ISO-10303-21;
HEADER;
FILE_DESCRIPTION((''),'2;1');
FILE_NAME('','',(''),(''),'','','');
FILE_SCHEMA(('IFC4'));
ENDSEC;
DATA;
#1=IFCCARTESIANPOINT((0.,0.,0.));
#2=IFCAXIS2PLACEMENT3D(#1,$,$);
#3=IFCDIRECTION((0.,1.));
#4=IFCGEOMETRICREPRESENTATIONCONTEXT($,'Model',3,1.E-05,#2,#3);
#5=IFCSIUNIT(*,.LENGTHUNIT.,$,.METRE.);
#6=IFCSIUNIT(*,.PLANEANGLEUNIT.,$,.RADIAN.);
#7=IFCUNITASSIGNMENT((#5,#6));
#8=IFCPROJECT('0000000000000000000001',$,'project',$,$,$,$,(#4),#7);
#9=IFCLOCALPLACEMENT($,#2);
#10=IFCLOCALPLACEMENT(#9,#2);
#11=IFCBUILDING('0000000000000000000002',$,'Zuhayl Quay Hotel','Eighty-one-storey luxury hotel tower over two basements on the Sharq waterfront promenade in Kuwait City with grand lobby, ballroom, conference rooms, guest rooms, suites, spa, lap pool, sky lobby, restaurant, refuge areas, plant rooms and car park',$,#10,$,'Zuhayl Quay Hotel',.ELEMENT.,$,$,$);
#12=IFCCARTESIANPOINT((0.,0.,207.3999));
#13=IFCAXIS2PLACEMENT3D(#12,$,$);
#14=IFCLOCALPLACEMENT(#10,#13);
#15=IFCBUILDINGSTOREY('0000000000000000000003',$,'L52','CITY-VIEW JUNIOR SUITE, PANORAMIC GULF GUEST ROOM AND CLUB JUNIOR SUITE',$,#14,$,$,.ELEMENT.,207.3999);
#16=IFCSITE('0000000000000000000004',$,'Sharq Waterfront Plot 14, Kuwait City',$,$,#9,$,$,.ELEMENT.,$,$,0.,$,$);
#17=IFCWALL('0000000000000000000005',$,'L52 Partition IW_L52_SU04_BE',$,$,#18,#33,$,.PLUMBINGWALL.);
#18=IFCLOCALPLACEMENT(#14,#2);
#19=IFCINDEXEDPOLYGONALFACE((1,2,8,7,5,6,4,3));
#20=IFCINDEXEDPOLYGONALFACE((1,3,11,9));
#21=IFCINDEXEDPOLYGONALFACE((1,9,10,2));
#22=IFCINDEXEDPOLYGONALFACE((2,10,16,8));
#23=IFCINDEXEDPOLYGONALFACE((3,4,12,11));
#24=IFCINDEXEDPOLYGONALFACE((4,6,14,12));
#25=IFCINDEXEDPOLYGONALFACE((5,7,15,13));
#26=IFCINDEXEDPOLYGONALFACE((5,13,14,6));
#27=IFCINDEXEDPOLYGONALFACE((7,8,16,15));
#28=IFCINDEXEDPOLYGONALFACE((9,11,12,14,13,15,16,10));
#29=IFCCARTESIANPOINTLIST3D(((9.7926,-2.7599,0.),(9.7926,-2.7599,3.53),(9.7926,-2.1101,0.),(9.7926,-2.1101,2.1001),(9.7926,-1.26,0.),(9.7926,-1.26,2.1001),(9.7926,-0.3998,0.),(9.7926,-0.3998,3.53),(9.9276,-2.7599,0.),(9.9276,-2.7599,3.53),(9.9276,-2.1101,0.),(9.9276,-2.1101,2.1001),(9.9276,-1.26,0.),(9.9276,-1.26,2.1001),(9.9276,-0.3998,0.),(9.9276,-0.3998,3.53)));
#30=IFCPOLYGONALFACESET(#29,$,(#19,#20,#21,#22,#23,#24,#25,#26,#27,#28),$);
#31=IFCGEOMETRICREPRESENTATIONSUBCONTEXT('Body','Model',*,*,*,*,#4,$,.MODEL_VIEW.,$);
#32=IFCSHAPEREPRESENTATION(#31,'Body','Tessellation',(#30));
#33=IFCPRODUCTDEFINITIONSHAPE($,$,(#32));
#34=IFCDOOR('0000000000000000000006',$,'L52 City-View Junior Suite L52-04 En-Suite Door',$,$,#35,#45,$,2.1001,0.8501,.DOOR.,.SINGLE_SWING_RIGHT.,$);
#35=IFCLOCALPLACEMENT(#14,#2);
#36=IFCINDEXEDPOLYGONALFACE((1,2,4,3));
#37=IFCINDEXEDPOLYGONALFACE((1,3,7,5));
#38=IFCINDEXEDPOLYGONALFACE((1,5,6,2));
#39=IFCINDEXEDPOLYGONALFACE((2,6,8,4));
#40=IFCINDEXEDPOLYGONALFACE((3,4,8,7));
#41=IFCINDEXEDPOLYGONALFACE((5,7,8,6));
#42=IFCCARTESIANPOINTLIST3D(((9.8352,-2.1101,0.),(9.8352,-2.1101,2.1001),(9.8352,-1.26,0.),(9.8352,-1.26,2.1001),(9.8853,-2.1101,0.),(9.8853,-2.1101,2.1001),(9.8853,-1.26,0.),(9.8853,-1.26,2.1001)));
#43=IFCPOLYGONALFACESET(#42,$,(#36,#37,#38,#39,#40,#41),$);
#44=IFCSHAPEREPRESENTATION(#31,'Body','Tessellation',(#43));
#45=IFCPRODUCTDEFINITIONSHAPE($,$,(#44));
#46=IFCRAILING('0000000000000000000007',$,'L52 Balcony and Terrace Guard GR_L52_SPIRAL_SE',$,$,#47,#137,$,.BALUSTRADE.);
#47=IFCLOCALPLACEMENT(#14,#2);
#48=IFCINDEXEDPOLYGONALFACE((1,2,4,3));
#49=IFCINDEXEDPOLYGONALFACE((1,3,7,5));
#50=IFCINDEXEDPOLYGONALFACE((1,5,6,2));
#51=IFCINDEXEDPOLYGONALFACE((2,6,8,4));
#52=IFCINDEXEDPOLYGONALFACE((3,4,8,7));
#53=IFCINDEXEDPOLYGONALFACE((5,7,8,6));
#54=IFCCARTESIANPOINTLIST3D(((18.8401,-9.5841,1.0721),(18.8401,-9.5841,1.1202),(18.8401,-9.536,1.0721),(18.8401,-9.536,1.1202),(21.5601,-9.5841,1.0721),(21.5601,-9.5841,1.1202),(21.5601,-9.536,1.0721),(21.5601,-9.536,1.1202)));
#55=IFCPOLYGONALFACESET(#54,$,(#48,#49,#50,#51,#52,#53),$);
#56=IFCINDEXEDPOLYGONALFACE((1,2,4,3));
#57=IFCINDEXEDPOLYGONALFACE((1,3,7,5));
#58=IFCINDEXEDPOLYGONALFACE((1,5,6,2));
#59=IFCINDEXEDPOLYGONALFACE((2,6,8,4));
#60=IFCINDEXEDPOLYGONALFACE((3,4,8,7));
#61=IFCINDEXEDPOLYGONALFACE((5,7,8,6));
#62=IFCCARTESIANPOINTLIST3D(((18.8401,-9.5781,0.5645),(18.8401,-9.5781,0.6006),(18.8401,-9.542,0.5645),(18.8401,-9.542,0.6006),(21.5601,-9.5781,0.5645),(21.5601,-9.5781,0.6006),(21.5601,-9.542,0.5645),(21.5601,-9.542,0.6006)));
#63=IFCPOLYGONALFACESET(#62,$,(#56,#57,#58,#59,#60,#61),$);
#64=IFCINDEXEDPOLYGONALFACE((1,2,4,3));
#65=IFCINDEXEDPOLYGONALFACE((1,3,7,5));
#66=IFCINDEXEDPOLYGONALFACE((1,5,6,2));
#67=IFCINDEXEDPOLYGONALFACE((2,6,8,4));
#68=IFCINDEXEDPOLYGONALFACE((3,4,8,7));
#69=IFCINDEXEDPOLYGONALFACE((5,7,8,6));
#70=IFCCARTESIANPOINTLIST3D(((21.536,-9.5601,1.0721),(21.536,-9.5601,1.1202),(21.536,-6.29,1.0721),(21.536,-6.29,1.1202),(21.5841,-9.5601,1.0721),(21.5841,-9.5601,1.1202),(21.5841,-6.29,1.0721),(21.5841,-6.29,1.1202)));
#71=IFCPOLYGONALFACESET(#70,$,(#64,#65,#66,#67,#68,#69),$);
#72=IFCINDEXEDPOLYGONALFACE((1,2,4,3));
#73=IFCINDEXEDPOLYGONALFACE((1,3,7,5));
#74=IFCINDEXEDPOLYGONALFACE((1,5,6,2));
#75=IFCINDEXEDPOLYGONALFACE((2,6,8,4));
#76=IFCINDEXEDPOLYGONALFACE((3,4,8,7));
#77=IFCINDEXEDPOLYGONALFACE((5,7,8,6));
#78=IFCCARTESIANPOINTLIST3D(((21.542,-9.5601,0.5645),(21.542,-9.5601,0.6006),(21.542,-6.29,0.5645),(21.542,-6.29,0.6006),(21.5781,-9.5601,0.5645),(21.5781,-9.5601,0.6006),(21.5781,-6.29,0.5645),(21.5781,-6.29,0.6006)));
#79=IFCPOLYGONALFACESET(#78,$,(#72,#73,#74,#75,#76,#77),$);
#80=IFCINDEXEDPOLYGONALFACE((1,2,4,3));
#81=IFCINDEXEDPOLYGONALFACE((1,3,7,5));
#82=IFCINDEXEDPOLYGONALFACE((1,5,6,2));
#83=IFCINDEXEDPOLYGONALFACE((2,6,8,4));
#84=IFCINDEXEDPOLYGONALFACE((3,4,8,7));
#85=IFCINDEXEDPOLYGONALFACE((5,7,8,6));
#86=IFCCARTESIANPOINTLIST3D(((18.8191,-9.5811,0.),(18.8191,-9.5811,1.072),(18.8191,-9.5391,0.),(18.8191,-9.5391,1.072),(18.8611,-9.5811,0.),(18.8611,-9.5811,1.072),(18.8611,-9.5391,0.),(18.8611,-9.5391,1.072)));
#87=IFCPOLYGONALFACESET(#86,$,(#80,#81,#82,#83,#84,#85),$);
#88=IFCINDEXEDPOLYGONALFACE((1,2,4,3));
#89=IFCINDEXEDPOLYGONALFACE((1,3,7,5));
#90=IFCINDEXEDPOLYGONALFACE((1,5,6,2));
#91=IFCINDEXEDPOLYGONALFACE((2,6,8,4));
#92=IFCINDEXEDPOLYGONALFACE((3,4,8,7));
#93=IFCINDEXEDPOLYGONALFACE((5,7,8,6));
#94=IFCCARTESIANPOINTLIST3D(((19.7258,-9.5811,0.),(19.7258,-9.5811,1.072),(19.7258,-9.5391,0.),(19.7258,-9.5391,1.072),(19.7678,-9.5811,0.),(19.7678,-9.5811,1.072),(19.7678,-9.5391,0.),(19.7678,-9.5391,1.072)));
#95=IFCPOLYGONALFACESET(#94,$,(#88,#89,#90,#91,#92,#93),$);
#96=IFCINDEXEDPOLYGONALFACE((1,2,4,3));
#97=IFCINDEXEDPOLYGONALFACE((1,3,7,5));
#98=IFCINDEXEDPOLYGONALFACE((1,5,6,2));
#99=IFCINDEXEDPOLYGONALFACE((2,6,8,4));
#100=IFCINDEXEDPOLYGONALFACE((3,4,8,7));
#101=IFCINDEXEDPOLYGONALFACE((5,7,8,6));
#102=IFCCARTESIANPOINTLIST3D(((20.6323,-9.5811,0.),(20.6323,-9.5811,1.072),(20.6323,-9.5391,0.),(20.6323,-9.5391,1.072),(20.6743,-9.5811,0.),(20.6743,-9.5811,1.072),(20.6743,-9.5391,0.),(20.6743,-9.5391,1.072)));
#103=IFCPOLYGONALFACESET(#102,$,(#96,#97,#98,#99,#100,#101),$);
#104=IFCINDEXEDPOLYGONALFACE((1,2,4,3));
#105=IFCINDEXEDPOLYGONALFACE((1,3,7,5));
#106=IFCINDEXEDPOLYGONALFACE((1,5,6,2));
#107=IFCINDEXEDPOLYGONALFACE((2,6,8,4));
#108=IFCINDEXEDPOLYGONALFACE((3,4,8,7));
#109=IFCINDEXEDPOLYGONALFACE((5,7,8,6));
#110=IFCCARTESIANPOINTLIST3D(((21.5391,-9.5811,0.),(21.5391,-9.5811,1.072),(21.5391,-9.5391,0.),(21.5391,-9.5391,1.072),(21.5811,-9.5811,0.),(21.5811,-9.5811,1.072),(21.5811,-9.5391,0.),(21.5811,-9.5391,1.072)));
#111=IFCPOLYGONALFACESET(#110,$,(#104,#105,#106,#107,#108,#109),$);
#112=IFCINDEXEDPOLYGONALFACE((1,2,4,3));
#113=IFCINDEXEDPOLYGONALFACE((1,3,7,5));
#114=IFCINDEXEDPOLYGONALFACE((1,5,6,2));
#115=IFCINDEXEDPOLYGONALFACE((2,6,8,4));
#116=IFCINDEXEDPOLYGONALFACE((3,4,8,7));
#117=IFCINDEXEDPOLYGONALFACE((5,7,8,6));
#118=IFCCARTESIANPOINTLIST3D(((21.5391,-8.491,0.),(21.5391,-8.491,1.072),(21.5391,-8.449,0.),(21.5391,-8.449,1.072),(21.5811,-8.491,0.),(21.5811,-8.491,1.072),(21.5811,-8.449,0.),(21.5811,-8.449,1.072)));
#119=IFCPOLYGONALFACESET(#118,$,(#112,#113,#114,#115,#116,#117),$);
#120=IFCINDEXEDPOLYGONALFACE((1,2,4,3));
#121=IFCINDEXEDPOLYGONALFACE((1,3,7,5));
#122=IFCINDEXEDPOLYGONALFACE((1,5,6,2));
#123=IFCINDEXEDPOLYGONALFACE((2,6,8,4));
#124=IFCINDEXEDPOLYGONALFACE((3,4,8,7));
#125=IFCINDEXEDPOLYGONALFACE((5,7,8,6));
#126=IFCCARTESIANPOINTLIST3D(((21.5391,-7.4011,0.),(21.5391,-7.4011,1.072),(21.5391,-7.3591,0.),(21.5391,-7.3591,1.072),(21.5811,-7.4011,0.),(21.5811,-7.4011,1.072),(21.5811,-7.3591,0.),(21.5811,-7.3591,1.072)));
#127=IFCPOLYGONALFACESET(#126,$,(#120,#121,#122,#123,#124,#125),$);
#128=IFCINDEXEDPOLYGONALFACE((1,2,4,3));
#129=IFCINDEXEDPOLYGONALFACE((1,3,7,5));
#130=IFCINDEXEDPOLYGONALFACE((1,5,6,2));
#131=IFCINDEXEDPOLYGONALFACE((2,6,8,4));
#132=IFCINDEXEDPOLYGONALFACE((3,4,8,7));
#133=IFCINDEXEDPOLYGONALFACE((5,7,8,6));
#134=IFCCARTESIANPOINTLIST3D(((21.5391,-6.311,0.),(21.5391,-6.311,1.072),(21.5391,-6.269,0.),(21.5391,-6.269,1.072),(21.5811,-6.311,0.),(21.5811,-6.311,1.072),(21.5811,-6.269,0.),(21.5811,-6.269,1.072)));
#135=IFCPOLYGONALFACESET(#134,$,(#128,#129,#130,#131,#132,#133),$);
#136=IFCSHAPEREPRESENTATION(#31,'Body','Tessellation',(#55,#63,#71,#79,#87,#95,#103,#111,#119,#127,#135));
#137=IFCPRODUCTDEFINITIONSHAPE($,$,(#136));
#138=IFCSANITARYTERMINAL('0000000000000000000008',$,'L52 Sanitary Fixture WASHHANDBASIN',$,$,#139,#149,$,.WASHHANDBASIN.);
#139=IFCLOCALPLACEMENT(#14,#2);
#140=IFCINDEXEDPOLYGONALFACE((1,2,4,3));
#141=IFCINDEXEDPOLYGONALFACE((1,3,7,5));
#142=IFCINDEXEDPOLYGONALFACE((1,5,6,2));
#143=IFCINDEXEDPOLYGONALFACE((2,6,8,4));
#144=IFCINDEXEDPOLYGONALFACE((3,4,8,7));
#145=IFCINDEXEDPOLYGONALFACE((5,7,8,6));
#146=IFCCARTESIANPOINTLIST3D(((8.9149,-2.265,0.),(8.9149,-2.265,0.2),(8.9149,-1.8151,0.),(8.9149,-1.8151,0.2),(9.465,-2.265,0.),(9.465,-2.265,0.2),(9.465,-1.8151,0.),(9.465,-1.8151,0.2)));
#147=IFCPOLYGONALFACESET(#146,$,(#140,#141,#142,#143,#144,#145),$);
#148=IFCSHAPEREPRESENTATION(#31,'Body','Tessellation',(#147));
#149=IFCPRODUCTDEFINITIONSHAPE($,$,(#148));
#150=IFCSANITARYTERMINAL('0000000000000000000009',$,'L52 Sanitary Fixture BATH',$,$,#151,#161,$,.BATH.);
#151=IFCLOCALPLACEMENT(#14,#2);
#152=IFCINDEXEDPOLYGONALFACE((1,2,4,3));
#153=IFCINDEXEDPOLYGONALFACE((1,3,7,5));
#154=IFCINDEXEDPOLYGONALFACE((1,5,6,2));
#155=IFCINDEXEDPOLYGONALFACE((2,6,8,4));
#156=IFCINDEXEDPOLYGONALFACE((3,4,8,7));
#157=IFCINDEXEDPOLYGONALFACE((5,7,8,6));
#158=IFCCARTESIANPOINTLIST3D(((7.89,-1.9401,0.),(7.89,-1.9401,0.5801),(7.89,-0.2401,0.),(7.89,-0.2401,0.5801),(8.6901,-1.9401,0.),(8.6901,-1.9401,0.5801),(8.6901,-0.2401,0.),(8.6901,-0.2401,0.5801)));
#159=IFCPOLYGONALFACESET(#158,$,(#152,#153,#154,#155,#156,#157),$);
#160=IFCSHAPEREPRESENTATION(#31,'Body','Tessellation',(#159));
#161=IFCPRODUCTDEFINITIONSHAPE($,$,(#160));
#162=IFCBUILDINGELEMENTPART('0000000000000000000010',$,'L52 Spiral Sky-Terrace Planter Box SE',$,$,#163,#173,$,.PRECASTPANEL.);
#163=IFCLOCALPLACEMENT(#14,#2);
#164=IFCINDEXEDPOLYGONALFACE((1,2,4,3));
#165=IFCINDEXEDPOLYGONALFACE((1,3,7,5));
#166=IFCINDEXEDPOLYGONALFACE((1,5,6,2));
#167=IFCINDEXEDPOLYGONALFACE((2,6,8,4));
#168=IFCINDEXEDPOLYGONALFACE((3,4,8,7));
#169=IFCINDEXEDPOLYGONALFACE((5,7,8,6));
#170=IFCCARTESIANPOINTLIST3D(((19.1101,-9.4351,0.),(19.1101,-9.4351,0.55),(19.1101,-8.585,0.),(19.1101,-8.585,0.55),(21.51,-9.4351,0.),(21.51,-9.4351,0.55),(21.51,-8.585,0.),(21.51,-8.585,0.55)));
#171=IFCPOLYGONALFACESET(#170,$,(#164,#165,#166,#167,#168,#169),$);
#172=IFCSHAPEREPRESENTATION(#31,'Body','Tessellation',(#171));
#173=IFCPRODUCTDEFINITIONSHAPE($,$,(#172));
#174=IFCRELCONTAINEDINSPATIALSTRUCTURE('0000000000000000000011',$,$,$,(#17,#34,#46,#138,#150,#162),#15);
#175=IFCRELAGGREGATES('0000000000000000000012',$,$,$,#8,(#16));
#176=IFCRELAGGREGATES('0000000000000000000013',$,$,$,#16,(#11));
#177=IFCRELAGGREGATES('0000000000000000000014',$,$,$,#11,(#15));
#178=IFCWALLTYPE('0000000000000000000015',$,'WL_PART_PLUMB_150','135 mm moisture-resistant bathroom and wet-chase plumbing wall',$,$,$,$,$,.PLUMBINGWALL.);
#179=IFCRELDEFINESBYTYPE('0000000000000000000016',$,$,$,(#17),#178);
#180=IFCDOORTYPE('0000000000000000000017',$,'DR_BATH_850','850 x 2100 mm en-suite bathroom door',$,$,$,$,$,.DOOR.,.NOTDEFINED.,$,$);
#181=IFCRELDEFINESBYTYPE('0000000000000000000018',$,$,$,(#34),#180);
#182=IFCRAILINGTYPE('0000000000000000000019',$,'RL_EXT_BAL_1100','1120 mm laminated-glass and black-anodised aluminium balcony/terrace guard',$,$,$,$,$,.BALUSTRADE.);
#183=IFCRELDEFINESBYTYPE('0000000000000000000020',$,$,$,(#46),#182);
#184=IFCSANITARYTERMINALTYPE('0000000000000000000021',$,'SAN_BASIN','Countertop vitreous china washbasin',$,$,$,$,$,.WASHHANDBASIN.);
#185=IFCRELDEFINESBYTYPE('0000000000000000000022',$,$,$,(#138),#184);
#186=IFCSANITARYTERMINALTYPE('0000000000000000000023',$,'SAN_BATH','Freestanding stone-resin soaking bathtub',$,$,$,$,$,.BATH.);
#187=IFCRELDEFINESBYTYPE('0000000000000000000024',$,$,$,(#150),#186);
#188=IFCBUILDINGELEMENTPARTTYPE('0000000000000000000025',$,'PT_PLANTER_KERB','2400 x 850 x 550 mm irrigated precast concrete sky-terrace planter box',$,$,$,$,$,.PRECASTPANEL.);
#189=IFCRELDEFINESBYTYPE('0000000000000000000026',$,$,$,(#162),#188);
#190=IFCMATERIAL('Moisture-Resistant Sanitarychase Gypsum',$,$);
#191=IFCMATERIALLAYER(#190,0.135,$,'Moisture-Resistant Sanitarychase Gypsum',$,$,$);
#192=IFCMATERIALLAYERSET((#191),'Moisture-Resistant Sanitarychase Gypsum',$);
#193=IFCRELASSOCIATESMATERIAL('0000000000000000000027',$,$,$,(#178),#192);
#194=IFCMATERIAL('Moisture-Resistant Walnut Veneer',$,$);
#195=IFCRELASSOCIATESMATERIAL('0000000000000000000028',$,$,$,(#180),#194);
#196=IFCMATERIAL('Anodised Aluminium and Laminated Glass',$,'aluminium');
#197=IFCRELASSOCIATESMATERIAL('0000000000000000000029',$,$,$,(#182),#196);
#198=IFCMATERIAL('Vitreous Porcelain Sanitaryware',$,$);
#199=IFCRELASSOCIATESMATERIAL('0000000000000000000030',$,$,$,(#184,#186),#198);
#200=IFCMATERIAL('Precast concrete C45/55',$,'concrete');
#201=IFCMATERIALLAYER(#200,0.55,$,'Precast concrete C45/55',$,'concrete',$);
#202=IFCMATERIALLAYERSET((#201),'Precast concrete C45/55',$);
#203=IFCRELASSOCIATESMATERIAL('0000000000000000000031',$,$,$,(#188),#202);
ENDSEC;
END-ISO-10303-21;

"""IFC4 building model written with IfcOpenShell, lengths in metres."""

from ifc_helpers import new_model, si_unit, direction, frame, frame_2d, origin, origin_2d, place, context, subcontext, project, spatial, rectangle, extrude, material, layer, layer_set, type_object, element, fill, save


model = new_model("IFC4")

# Units and contexts
model_context = context("Model", 3, precision=1e-05, world=origin(), true_north=direction((0.0, 1.0)))
body_context = subcontext(model_context, "Body", "Model", "MODEL_VIEW")
ifc_project = project(units=[si_unit("LENGTHUNIT", "METRE"), si_unit("PLANEANGLEUNIT", "RADIAN")], contexts=[model_context])

# Site, building, storey
site_placement = place(None, origin())
site = spatial("IfcSite", under=ifc_project, at=site_placement, Name="Sharq Waterfront Plot 14, Kuwait City", CompositionType="ELEMENT", RefElevation=0.0)
building_placement = place(site_placement, origin())
building = spatial("IfcBuilding", under=site, at=building_placement, Name="Zuhayl Quay Hotel", Description="Eighty-one-storey luxury hotel tower over two basements on the Sharq waterfront promenade in Kuwait City with grand lobby, ballroom, conference rooms, guest rooms, suites, spa, lap pool, sky lobby, restaurant, refuge areas, plant rooms and car park", LongName="Zuhayl Quay Hotel", CompositionType="ELEMENT")
storey_placement = place(building_placement, frame((0.0, 0.0, 207.3999)))
storey = spatial("IfcBuildingStorey", under=building, at=storey_placement, Name="L52", Description="CITY-VIEW JUNIOR SUITE, PANORAMIC GULF GUEST ROOM AND CLUB JUNIOR SUITE", CompositionType="ELEMENT", Elevation=207.3999)

# Shared definitions
ifc_material_1 = material(Name="Precast concrete C45/55", Category="concrete")

# Wall, opening, door
ifc_material_2 = material(Name="Moisture-Resistant Sanitarychase Gypsum")
ifc_layer_1 = layer(ifc_material_2, 0.135, Name="Moisture-Resistant Sanitarychase Gypsum")
ifc_layer_set_1 = layer_set([ifc_layer_1], Name="Moisture-Resistant Sanitarychase Gypsum")
wall_type_1 = type_object("IfcWallType", Name="WL_PART_PLUMB_150", Description="135 mm moisture-resistant bathroom and wet-chase plumbing wall", PredefinedType="PLUMBINGWALL", material=ifc_layer_set_1)
wall_1_placement = place(storey_placement, frame((9.8601, -2.76, 0.0), z_axis=(0.0, 0.0, 1.0), x_axis=(0.0, 1.0, 0.0)))
wall_1 = element("IfcWall", 1, at=wall_1_placement, inside=storey, type_object=wall_type_1, Name="L52 Partition IW_L52_SU04_BE", PredefinedType="PLUMBINGWALL", context=body_context, shape_type="SweptSolid", body=[
    extrude(rectangle(XDim=2.3601, YDim=0.135, at=frame_2d((1.1802, 0.0))), origin(), (0.0, 0.0, 1.0), 3.53),
])
opening_1_placement = place(wall_1_placement, frame((0.6499, 0.0, 0.0)))
opening_1 = element("IfcOpeningElement", 2, at=opening_1_placement, cuts=wall_1, PredefinedType="OPENING", context=body_context, shape_type="SweptSolid", body=[
    extrude(rectangle(XDim=0.8501, YDim=2.1001, at=frame_2d((0.425, 1.05))), frame((0.0, 0.0774, 0.0), z_axis=(0.0, -1.0, 0.0), x_axis=(1.0, 0.0, 0.0)), (0.0, 0.0, 1.0), 0.155),
])
ifc_material_3 = material(Name="Moisture-Resistant Walnut Veneer")
door_type_1 = type_object("IfcDoorType", Name="DR_BATH_850", Description="850 x 2100 mm en-suite bathroom door", OperationType="NOTDEFINED", PredefinedType="DOOR", material=ifc_material_3)
door_1_placement = place(opening_1_placement, origin())
door_1 = element("IfcDoor", 3, at=door_1_placement, inside=storey, type_object=door_type_1, Name="L52 City-View Junior Suite L52-04 En-Suite Door", OperationType="SINGLE_SWING_RIGHT", OverallHeight=2.1001, OverallWidth=0.8501, PredefinedType="DOOR", context=body_context, shape_type="SweptSolid", body=[
    extrude(rectangle(XDim=0.8501, YDim=2.1001, at=frame_2d((0.425, 1.05))), frame((0.0, 0.0249, 0.0), z_axis=(0.0, -1.0, 0.0), x_axis=(1.0, 0.0, 0.0)), (0.0, 0.0, 1.0), 0.05),
])
fill(opening_1, door_1)

# Railing
ifc_material_4 = material(Name="Anodised Aluminium and Laminated Glass", Category="aluminium")
railing_type = type_object("IfcRailingType", Name="RL_EXT_BAL_1100", Description="1120 mm laminated-glass and black-anodised aluminium balcony/terrace guard", PredefinedType="BALUSTRADE", material=ifc_material_4)
railing_placement = place(storey_placement, frame((18.8401, -9.5601, 0.0)))
element("IfcRailing", 4, at=railing_placement, inside=storey, type_object=railing_type, Name="L52 Balcony and Terrace Guard GR_L52_SPIRAL_SE", PredefinedType="BALUSTRADE", context=body_context, shape_type="SweptSolid", body=[
    extrude(rectangle(XDim=0.0481, YDim=0.0481, at=origin_2d()), frame((0.0, 0.0, 1.0962), z_axis=(1.0, 0.0, 0.0), x_axis=(0.0, 1.0, 0.0)), (0.0, 0.0, 1.0), 2.72),
    extrude(rectangle(XDim=0.0361, YDim=0.0361, at=origin_2d()), frame((0.0, 0.0, 0.5825), z_axis=(1.0, 0.0, 0.0), x_axis=(0.0, 1.0, 0.0)), (0.0, 0.0, 1.0), 2.72),
    extrude(rectangle(XDim=0.0481, YDim=0.0481, at=origin_2d()), frame((2.72, 0.0, 1.0962), z_axis=(0.0, 1.0, 0.0), x_axis=(-1.0, 0.0, 0.0)), (0.0, 0.0, 1.0), 3.27),
    extrude(rectangle(XDim=0.0361, YDim=0.0361, at=origin_2d()), frame((2.72, 0.0, 0.5825), z_axis=(0.0, 1.0, 0.0), x_axis=(-1.0, 0.0, 0.0)), (0.0, 0.0, 1.0), 3.27),
    extrude(rectangle(XDim=0.042, YDim=0.042, at=origin_2d()), origin(), (0.0, 0.0, 1.0), 1.072),
    extrude(rectangle(XDim=0.042, YDim=0.042, at=origin_2d()), frame((0.9067, 0.0, 0.0)), (0.0, 0.0, 1.0), 1.072),
    extrude(rectangle(XDim=0.042, YDim=0.042, at=origin_2d()), frame((1.8132, 0.0, 0.0)), (0.0, 0.0, 1.0), 1.072),
    extrude(rectangle(XDim=0.042, YDim=0.042, at=origin_2d()), frame((2.72, 0.0, 0.0)), (0.0, 0.0, 1.0), 1.072),
    extrude(rectangle(XDim=0.042, YDim=0.042, at=origin_2d()), frame((2.72, 1.0901, 0.0)), (0.0, 0.0, 1.0), 1.072),
    extrude(rectangle(XDim=0.042, YDim=0.042, at=origin_2d()), frame((2.72, 2.1799, 0.0)), (0.0, 0.0, 1.0), 1.072),
    extrude(rectangle(XDim=0.042, YDim=0.042, at=origin_2d()), frame((2.72, 3.27, 0.0)), (0.0, 0.0, 1.0), 1.072),
])

# Sanitary terminals
ifc_material_5 = material(Name="Vitreous Porcelain Sanitaryware")
sanitary_terminal_type_1 = type_object("IfcSanitaryTerminalType", Name="SAN_BASIN", Description="Countertop vitreous china washbasin", PredefinedType="WASHHANDBASIN", material=ifc_material_5)
sanitary_terminal_1_placement = place(storey_placement, frame((9.1899, -2.04, 0.0), z_axis=(0.0, 0.0, 1.0), x_axis=(1.0, 0.0, 0.0)))
element("IfcSanitaryTerminal", 5, at=sanitary_terminal_1_placement, inside=storey, type_object=sanitary_terminal_type_1, Name="L52 Sanitary Fixture WASHHANDBASIN", PredefinedType="WASHHANDBASIN", context=body_context, shape_type="SweptSolid", body=[
    extrude(rectangle(XDim=0.55, YDim=0.45, at=origin_2d()), origin(), (0.0, 0.0, 1.0), 0.2),
])
sanitary_terminal_type_2 = type_object("IfcSanitaryTerminalType", Name="SAN_BATH", Description="Freestanding stone-resin soaking bathtub", PredefinedType="BATH", material=ifc_material_5)
sanitary_terminal_2_placement = place(storey_placement, frame((8.29, -1.0901, 0.0), z_axis=(0.0, 0.0, 1.0), x_axis=(1.0, 0.0, 0.0)))
element("IfcSanitaryTerminal", 6, at=sanitary_terminal_2_placement, inside=storey, type_object=sanitary_terminal_type_2, Name="L52 Sanitary Fixture BATH", PredefinedType="BATH", context=body_context, shape_type="SweptSolid", body=[
    extrude(rectangle(XDim=0.8, YDim=1.7, at=origin_2d()), origin(), (0.0, 0.0, 1.0), 0.5801),
])

# Building element part
ifc_layer_2 = layer(ifc_material_1, 0.55, Name="Precast concrete C45/55", Category="concrete")
ifc_layer_set_2 = layer_set([ifc_layer_2], Name="Precast concrete C45/55")
building_element_part_type = type_object("IfcBuildingElementPartType", Name="PT_PLANTER_KERB", Description="2400 x 850 x 550 mm irrigated precast concrete sky-terrace planter box", PredefinedType="PRECASTPANEL", material=ifc_layer_set_2)
building_element_part_placement = place(storey_placement, frame((20.3101, -9.01, 0.0), z_axis=(0.0, 0.0, 1.0), x_axis=(1.0, 0.0, 0.0)))
element("IfcBuildingElementPart", 7, at=building_element_part_placement, inside=storey, type_object=building_element_part_type, Name="L52 Spiral Sky-Terrace Planter Box SE", PredefinedType="PRECASTPANEL", context=body_context, shape_type="SweptSolid", body=[
    extrude(rectangle(XDim=2.3999, YDim=0.8501, at=origin_2d()), origin(), (0.0, 0.0, 1.0), 0.55),
])

save(model, "model.ifc")
